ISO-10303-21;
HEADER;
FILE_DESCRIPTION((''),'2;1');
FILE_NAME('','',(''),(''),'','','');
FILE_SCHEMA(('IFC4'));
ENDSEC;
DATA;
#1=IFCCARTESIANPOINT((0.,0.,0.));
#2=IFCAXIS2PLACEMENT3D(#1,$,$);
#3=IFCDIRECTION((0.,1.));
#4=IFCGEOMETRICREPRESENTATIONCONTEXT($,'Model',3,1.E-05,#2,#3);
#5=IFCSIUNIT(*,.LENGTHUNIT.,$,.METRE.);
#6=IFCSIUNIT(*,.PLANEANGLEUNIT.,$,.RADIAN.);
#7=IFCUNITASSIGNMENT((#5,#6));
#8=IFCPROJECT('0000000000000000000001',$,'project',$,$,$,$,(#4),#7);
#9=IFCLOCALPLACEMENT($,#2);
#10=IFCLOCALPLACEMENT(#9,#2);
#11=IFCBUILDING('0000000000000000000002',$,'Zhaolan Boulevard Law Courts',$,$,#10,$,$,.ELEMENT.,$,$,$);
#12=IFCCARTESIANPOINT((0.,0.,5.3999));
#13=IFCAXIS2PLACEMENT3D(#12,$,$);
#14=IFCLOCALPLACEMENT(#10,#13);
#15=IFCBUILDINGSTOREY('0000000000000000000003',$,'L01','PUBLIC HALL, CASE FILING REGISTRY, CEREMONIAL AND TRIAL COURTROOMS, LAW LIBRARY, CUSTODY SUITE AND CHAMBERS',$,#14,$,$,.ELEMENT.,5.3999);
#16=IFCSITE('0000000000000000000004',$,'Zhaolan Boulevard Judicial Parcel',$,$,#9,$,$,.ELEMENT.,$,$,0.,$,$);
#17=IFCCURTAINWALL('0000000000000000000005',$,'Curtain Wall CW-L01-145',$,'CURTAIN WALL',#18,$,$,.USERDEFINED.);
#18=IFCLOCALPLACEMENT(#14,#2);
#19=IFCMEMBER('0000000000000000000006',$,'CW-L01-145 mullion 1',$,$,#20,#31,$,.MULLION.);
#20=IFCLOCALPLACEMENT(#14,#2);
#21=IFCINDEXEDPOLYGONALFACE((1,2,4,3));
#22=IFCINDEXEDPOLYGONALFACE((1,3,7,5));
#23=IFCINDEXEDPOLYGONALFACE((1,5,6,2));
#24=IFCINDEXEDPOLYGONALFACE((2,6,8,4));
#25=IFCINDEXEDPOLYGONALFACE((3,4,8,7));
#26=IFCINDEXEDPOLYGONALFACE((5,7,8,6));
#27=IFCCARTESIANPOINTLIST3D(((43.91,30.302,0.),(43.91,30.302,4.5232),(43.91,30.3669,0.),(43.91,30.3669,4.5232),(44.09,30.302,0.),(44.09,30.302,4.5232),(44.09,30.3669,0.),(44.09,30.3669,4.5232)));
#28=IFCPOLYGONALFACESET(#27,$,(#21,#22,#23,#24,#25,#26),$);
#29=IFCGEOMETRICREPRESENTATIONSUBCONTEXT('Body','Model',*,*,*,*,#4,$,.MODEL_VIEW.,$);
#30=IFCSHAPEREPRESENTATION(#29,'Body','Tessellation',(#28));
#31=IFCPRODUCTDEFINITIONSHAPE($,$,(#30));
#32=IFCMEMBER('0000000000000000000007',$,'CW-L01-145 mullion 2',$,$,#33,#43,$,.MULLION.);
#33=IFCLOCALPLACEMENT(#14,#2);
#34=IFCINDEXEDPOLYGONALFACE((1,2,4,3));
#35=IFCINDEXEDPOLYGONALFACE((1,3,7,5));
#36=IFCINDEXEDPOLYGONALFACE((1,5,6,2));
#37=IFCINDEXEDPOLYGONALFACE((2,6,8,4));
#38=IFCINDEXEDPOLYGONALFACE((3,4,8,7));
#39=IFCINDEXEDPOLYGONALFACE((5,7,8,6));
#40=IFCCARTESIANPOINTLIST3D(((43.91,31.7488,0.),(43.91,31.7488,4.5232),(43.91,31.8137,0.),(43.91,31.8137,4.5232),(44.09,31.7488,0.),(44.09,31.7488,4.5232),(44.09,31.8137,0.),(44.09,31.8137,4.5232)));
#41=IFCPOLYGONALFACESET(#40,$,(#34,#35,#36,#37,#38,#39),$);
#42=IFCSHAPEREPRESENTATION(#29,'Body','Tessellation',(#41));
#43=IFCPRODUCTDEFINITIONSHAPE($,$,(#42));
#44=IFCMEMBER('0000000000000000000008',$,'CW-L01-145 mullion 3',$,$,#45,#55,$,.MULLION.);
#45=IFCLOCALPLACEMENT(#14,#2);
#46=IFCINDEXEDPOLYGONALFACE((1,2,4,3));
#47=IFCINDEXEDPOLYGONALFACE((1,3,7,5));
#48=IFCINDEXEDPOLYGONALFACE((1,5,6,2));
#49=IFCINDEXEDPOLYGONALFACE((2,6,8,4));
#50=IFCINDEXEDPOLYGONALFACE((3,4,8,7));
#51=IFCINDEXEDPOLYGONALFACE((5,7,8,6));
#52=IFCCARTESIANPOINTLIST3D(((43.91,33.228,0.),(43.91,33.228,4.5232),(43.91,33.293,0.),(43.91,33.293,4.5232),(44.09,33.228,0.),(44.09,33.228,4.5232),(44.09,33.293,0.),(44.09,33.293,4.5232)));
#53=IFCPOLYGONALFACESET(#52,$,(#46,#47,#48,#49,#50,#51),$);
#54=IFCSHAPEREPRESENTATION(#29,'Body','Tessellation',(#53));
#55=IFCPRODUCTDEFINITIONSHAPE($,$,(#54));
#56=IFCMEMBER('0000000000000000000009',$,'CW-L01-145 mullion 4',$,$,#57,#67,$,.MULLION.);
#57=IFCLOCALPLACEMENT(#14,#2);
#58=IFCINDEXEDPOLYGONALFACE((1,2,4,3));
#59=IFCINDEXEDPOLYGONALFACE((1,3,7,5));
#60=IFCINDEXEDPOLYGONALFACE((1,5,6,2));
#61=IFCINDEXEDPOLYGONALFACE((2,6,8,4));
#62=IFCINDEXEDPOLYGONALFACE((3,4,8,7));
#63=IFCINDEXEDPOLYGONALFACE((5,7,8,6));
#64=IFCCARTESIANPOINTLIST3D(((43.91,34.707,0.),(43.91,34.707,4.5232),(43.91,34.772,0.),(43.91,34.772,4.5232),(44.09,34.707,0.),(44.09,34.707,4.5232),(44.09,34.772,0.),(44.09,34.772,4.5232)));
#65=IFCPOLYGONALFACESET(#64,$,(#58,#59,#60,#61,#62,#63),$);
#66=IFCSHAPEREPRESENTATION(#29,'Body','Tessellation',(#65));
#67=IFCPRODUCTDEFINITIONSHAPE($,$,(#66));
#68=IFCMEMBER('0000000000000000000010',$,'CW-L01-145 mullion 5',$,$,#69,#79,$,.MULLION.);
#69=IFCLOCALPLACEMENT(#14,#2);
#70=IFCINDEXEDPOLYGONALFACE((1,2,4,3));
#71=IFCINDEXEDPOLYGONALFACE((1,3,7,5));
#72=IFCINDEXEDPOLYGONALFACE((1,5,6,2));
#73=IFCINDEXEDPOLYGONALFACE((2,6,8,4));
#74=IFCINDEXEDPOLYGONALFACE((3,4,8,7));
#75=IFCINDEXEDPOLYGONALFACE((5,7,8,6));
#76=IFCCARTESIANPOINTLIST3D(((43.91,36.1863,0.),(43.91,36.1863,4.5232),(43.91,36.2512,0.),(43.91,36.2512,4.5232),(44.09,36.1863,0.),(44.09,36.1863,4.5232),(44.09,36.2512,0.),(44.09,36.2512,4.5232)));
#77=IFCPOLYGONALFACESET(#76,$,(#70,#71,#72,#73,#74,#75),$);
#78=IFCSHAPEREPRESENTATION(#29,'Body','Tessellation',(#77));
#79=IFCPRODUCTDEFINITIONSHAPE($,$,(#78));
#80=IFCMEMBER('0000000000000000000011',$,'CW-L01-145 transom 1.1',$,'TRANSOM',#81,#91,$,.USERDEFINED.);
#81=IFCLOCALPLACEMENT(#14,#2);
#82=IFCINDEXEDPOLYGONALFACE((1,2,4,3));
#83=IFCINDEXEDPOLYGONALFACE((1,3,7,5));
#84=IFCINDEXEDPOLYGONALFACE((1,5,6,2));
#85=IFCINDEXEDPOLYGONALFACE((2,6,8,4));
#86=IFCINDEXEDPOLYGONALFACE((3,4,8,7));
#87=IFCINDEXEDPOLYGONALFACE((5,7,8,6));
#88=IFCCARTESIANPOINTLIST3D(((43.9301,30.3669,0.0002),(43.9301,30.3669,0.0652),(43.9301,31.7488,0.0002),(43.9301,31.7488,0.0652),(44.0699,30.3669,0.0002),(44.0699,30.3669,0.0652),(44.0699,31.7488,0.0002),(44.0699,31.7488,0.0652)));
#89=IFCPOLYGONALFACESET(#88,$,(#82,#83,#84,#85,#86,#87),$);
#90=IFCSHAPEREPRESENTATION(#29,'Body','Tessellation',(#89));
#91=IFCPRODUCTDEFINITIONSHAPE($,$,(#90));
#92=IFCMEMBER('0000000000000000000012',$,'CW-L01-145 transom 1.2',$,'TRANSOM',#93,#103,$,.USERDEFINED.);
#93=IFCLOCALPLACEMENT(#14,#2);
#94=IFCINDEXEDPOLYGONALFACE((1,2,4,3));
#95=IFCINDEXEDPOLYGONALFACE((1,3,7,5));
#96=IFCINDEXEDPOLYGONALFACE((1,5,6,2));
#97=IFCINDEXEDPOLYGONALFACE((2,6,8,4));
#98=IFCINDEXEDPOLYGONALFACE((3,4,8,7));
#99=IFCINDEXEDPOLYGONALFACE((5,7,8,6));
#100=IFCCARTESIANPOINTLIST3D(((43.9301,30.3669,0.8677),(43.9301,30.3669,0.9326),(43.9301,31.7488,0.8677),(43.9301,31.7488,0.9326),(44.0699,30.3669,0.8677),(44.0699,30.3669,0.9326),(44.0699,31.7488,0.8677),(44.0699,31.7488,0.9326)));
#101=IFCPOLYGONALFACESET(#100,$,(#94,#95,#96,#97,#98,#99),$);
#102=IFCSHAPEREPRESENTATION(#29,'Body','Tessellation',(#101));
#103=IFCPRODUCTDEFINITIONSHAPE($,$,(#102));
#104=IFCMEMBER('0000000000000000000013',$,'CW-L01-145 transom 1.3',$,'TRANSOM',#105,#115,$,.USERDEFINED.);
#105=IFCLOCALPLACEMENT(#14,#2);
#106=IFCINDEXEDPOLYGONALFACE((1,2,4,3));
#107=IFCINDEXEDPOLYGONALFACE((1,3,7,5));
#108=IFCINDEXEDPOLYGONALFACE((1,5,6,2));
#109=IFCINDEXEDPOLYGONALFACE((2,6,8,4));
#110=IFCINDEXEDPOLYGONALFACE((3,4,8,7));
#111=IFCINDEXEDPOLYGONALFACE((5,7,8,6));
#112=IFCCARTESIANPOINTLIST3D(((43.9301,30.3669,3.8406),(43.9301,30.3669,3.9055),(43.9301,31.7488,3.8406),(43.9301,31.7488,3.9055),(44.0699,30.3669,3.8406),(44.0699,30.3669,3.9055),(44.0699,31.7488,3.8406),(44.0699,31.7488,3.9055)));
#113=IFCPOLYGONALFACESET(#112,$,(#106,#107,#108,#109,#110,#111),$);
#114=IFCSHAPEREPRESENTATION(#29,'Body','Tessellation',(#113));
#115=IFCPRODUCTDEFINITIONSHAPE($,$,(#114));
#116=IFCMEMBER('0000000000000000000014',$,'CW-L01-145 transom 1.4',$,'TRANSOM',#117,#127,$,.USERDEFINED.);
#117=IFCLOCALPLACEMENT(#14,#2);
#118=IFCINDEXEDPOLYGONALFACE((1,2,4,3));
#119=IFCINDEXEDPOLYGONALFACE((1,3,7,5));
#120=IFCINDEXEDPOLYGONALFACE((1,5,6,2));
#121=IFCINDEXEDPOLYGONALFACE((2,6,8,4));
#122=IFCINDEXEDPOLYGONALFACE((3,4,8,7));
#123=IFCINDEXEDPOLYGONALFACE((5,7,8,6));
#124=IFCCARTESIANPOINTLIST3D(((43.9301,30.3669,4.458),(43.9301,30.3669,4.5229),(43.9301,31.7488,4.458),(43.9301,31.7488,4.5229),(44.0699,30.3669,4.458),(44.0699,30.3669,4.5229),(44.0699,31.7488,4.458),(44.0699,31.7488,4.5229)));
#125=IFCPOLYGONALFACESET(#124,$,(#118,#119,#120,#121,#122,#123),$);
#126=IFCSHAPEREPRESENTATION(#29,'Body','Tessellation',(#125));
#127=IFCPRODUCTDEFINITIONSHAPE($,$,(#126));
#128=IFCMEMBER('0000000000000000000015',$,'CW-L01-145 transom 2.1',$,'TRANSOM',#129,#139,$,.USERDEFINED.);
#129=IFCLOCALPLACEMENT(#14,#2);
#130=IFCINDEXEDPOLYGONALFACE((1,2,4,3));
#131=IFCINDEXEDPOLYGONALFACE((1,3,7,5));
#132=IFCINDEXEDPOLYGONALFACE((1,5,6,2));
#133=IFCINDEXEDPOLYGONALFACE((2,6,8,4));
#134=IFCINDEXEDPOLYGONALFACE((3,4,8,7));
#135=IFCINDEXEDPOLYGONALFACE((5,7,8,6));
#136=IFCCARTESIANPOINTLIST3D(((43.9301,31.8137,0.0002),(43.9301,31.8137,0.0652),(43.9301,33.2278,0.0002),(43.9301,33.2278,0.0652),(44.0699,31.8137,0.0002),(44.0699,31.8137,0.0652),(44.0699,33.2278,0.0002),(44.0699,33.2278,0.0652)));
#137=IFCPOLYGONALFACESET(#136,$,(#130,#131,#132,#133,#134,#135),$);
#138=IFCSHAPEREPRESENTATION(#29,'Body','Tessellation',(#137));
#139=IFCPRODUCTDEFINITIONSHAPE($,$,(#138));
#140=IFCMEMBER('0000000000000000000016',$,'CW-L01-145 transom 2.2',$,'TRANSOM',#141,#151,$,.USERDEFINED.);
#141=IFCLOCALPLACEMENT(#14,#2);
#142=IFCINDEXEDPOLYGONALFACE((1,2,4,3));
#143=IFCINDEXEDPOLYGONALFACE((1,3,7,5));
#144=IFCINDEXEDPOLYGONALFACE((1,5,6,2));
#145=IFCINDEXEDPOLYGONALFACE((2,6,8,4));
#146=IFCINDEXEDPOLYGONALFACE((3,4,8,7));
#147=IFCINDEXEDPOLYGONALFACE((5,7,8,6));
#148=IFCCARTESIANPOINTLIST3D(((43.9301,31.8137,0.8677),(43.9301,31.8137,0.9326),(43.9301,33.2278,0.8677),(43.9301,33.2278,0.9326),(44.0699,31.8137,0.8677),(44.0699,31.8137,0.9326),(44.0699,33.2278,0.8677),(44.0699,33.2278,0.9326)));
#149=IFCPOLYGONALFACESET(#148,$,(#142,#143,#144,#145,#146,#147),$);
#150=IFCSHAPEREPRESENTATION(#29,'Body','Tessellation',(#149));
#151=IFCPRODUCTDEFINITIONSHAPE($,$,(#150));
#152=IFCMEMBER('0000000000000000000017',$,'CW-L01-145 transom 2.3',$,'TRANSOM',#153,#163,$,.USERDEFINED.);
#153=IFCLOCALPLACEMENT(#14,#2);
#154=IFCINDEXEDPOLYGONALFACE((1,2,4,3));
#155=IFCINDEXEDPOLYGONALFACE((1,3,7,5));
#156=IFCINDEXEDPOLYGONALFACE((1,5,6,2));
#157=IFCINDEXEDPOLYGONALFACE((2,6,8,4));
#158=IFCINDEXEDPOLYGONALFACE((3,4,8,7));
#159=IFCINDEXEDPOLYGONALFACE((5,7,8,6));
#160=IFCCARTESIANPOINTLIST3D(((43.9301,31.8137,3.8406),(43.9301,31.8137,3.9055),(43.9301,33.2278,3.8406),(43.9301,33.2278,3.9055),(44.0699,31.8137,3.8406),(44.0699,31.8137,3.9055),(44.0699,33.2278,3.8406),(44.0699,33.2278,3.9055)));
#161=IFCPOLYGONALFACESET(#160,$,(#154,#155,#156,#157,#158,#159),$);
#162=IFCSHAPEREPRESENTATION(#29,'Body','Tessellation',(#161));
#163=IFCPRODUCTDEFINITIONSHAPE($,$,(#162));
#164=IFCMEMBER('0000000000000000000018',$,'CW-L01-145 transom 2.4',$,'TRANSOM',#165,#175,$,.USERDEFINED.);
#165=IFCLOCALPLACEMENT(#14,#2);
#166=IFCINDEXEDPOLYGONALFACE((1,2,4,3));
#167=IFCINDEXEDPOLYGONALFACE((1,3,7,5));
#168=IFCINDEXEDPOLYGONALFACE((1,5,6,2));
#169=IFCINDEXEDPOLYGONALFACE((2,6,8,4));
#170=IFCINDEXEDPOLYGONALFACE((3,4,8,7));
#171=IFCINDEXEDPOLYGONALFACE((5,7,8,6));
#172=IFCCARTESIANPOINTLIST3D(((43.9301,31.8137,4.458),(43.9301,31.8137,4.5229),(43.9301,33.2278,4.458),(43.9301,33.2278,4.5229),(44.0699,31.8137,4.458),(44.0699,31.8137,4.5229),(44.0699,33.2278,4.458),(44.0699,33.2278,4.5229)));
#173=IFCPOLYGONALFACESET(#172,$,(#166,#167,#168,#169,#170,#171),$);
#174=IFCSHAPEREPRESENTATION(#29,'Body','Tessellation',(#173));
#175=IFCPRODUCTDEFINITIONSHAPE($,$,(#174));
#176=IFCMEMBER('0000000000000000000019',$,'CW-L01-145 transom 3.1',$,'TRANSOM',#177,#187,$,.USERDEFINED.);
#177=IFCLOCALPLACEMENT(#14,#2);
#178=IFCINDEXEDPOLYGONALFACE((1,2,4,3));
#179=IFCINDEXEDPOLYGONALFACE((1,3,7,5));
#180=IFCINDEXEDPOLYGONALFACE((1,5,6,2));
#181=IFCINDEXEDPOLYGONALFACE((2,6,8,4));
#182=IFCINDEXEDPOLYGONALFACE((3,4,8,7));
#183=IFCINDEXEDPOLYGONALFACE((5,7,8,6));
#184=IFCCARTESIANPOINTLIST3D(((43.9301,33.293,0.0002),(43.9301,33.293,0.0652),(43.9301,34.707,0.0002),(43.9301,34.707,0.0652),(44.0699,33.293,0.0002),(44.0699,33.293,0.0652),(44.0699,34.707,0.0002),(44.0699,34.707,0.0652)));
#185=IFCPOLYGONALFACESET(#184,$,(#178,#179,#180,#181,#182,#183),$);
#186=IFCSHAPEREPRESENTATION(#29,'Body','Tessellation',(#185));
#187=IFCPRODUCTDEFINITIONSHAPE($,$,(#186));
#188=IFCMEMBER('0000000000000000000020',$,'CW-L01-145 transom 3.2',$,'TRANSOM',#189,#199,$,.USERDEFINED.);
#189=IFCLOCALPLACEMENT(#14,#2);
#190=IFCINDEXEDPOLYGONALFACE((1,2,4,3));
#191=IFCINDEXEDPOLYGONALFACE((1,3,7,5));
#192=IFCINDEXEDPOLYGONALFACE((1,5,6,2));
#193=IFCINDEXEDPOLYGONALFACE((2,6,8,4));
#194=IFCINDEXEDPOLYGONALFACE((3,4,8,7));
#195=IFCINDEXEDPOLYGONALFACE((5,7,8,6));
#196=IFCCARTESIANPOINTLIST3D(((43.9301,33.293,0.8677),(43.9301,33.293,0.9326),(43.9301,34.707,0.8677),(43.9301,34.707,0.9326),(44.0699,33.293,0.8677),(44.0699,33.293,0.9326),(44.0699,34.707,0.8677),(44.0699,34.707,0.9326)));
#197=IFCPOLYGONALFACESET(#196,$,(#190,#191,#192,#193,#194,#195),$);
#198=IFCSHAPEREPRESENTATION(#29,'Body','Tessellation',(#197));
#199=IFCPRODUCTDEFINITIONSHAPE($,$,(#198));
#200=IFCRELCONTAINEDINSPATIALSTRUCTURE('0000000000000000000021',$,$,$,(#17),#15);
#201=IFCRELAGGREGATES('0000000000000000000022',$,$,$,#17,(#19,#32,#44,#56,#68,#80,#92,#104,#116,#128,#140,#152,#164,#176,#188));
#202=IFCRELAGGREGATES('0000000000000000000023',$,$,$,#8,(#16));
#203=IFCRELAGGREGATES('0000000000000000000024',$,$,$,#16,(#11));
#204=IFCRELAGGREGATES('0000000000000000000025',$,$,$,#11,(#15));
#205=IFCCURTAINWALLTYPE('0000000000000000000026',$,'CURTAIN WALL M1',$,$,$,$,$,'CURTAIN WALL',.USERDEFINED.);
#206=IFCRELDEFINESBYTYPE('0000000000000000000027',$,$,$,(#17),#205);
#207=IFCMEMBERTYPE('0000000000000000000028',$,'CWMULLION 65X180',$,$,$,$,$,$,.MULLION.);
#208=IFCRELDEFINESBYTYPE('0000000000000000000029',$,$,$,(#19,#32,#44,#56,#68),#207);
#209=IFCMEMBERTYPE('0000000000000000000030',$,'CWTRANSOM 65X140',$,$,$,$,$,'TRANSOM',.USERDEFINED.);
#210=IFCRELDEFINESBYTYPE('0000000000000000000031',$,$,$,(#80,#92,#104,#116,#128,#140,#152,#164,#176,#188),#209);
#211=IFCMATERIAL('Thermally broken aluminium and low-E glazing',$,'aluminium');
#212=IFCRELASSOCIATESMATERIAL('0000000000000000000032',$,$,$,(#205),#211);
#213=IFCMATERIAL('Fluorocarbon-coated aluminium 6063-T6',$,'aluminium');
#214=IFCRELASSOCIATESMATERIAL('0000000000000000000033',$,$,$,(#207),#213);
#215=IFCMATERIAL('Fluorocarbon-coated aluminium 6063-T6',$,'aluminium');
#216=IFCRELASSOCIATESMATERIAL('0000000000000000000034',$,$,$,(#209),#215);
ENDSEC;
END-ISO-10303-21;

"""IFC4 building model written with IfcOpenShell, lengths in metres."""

from ifc_helpers import new_model, si_unit, direction, frame, origin, origin_2d, place, context, subcontext, project, spatial, rectangle, extrude, material, material_profile, profile_set, type_object, element, aggregate, save


model = new_model("IFC4")

# Units and contexts
model_context = context("Model", 3, precision=1e-05, world=origin(), true_north=direction((0.0, 1.0)))
body_context = subcontext(model_context, "Body", "Model", "MODEL_VIEW")
ifc_project = project(units=[si_unit("LENGTHUNIT", "METRE"), si_unit("PLANEANGLEUNIT", "RADIAN")], contexts=[model_context])

# Site, building, storey
site_placement = place(None, origin())
site = spatial("IfcSite", under=ifc_project, at=site_placement, Name="Zhaolan Boulevard Judicial Parcel", CompositionType="ELEMENT", RefElevation=0.0)
building_placement = place(site_placement, origin())
building = spatial("IfcBuilding", under=site, at=building_placement, Name="Zhaolan Boulevard Law Courts", CompositionType="ELEMENT")
storey_placement = place(building_placement, frame((0.0, 0.0, 5.3999)))
storey = spatial("IfcBuildingStorey", under=building, at=storey_placement, Name="L01", Description="PUBLIC HALL, CASE FILING REGISTRY, CEREMONIAL AND TRIAL COURTROOMS, LAW LIBRARY, CUSTODY SUITE AND CHAMBERS", CompositionType="ELEMENT", Elevation=5.3999)

# Curtain wall, members
ifc_material_1 = material(Name="Thermally broken aluminium and low-E glazing", Category="aluminium")
curtain_wall_type = type_object("IfcCurtainWallType", Name="CURTAIN WALL M1", ElementType="CURTAIN WALL", PredefinedType="USERDEFINED", material=ifc_material_1)
curtain_wall_placement = place(storey_placement, origin())
curtain_wall = element("IfcCurtainWall", 1, at=curtain_wall_placement, inside=storey, type_object=curtain_wall_type, Name="Curtain Wall CW-L01-145", ObjectType="CURTAIN WALL", PredefinedType="USERDEFINED")
ifc_material_2 = material(Name="Fluorocarbon-coated aluminium 6063-T6", Category="aluminium")
ifc_material_profile_1 = material_profile(ifc_material_2, rectangle(XDim=0.1799, YDim=0.0649, at=origin_2d()), Name="AL65x180")
ifc_profile_set_1 = profile_set([ifc_material_profile_1], Name="Fluorocarbon-coated aluminium 6063-T6")
member_type_1 = type_object("IfcMemberType", Name="CWMULLION 65X180", PredefinedType="MULLION", material=ifc_profile_set_1)
member_1_placement = place(storey_placement, frame((44.0, 30.3345, 0.0), z_axis=(0.0, 0.0, 1.0), x_axis=(-1.0, 0.0, 0.0)))
member_1 = element("IfcMember", 2, at=member_1_placement, type_object=member_type_1, Name="CW-L01-145 mullion 1", PredefinedType="MULLION", context=body_context, shape_type="SweptSolid", body=[
    extrude(rectangle(XDim=0.1799, YDim=0.0649, at=origin_2d()), origin(), (0.0, 0.0, 1.0), 4.5232),
])
member_2_placement = place(storey_placement, frame((44.0, 31.7812, 0.0), z_axis=(0.0, 0.0, 1.0), x_axis=(-1.0, 0.0, 0.0)))
member_2 = element("IfcMember", 3, at=member_2_placement, type_object=member_type_1, Name="CW-L01-145 mullion 2", PredefinedType="MULLION", context=body_context, shape_type="SweptSolid", body=[
    extrude(rectangle(XDim=0.1799, YDim=0.0649, at=origin_2d()), origin(), (0.0, 0.0, 1.0), 4.5232),
])
member_3_placement = place(storey_placement, frame((44.0, 33.2605, 0.0), z_axis=(0.0, 0.0, 1.0), x_axis=(-1.0, 0.0, 0.0)))
member_3 = element("IfcMember", 4, at=member_3_placement, type_object=member_type_1, Name="CW-L01-145 mullion 3", PredefinedType="MULLION", context=body_context, shape_type="SweptSolid", body=[
    extrude(rectangle(XDim=0.1799, YDim=0.0649, at=origin_2d()), origin(), (0.0, 0.0, 1.0), 4.5232),
])
member_4_placement = place(storey_placement, frame((44.0, 34.7395, 0.0), z_axis=(0.0, 0.0, 1.0), x_axis=(-1.0, 0.0, 0.0)))
member_4 = element("IfcMember", 5, at=member_4_placement, type_object=member_type_1, Name="CW-L01-145 mullion 4", PredefinedType="MULLION", context=body_context, shape_type="SweptSolid", body=[
    extrude(rectangle(XDim=0.1799, YDim=0.0649, at=origin_2d()), origin(), (0.0, 0.0, 1.0), 4.5232),
])
member_5_placement = place(storey_placement, frame((44.0, 36.2188, 0.0), z_axis=(0.0, 0.0, 1.0), x_axis=(-1.0, 0.0, 0.0)))
member_5 = element("IfcMember", 6, at=member_5_placement, type_object=member_type_1, Name="CW-L01-145 mullion 5", PredefinedType="MULLION", context=body_context, shape_type="SweptSolid", body=[
    extrude(rectangle(XDim=0.1799, YDim=0.0649, at=origin_2d()), origin(), (0.0, 0.0, 1.0), 4.5232),
])
ifc_material_3 = material(Name="Fluorocarbon-coated aluminium 6063-T6", Category="aluminium")
ifc_material_profile_2 = material_profile(ifc_material_3, rectangle(XDim=0.1399, YDim=0.0649, at=origin_2d()), Name="AL65x140")
ifc_profile_set_2 = profile_set([ifc_material_profile_2], Name="Fluorocarbon-coated aluminium 6063-T6")
member_type_2 = type_object("IfcMemberType", Name="CWTRANSOM 65X140", ElementType="TRANSOM", PredefinedType="USERDEFINED", material=ifc_profile_set_2)
member_6_placement = place(storey_placement, frame((44.0, 30.3669, 0.0327), z_axis=(0.0, 1.0, 0.0), x_axis=(-1.0, 0.0, 0.0)))
member_6 = element("IfcMember", 7, at=member_6_placement, type_object=member_type_2, Name="CW-L01-145 transom 1.1", ObjectType="TRANSOM", PredefinedType="USERDEFINED", context=body_context, shape_type="SweptSolid", body=[
    extrude(rectangle(XDim=0.1399, YDim=0.0649, at=origin_2d()), origin(), (0.0, 0.0, 1.0), 1.3818),
])
member_7_placement = place(storey_placement, frame((44.0, 30.3669, 0.9001), z_axis=(0.0, 1.0, 0.0), x_axis=(-1.0, 0.0, 0.0)))
member_7 = element("IfcMember", 8, at=member_7_placement, type_object=member_type_2, Name="CW-L01-145 transom 1.2", ObjectType="TRANSOM", PredefinedType="USERDEFINED", context=body_context, shape_type="SweptSolid", body=[
    extrude(rectangle(XDim=0.1399, YDim=0.0649, at=origin_2d()), origin(), (0.0, 0.0, 1.0), 1.3818),
])
member_8_placement = place(storey_placement, frame((44.0, 30.3669, 3.873), z_axis=(0.0, 1.0, 0.0), x_axis=(-1.0, 0.0, 0.0)))
member_8 = element("IfcMember", 9, at=member_8_placement, type_object=member_type_2, Name="CW-L01-145 transom 1.3", ObjectType="TRANSOM", PredefinedType="USERDEFINED", context=body_context, shape_type="SweptSolid", body=[
    extrude(rectangle(XDim=0.1399, YDim=0.0649, at=origin_2d()), origin(), (0.0, 0.0, 1.0), 1.3818),
])
member_9_placement = place(storey_placement, frame((44.0, 30.3669, 4.4905), z_axis=(0.0, 1.0, 0.0), x_axis=(-1.0, 0.0, 0.0)))
member_9 = element("IfcMember", 10, at=member_9_placement, type_object=member_type_2, Name="CW-L01-145 transom 1.4", ObjectType="TRANSOM", PredefinedType="USERDEFINED", context=body_context, shape_type="SweptSolid", body=[
    extrude(rectangle(XDim=0.1399, YDim=0.0649, at=origin_2d()), origin(), (0.0, 0.0, 1.0), 1.3818),
])
member_10_placement = place(storey_placement, frame((44.0, 31.8137, 0.0327), z_axis=(0.0, 1.0, 0.0), x_axis=(-1.0, 0.0, 0.0)))
member_10 = element("IfcMember", 11, at=member_10_placement, type_object=member_type_2, Name="CW-L01-145 transom 2.1", ObjectType="TRANSOM", PredefinedType="USERDEFINED", context=body_context, shape_type="SweptSolid", body=[
    extrude(rectangle(XDim=0.1399, YDim=0.0649, at=origin_2d()), origin(), (0.0, 0.0, 1.0), 1.4141),
])
member_11_placement = place(storey_placement, frame((44.0, 31.8137, 0.9001), z_axis=(0.0, 1.0, 0.0), x_axis=(-1.0, 0.0, 0.0)))
member_11 = element("IfcMember", 12, at=member_11_placement, type_object=member_type_2, Name="CW-L01-145 transom 2.2", ObjectType="TRANSOM", PredefinedType="USERDEFINED", context=body_context, shape_type="SweptSolid", body=[
    extrude(rectangle(XDim=0.1399, YDim=0.0649, at=origin_2d()), origin(), (0.0, 0.0, 1.0), 1.4141),
])
member_12_placement = place(storey_placement, frame((44.0, 31.8137, 3.873), z_axis=(0.0, 1.0, 0.0), x_axis=(-1.0, 0.0, 0.0)))
member_12 = element("IfcMember", 13, at=member_12_placement, type_object=member_type_2, Name="CW-L01-145 transom 2.3", ObjectType="TRANSOM", PredefinedType="USERDEFINED", context=body_context, shape_type="SweptSolid", body=[
    extrude(rectangle(XDim=0.1399, YDim=0.0649, at=origin_2d()), origin(), (0.0, 0.0, 1.0), 1.4141),
])
member_13_placement = place(storey_placement, frame((44.0, 31.8137, 4.4905), z_axis=(0.0, 1.0, 0.0), x_axis=(-1.0, 0.0, 0.0)))
member_13 = element("IfcMember", 14, at=member_13_placement, type_object=member_type_2, Name="CW-L01-145 transom 2.4", ObjectType="TRANSOM", PredefinedType="USERDEFINED", context=body_context, shape_type="SweptSolid", body=[
    extrude(rectangle(XDim=0.1399, YDim=0.0649, at=origin_2d()), origin(), (0.0, 0.0, 1.0), 1.4141),
])
member_14_placement = place(storey_placement, frame((44.0, 33.293, 0.0327), z_axis=(0.0, 1.0, 0.0), x_axis=(-1.0, 0.0, 0.0)))
member_14 = element("IfcMember", 15, at=member_14_placement, type_object=member_type_2, Name="CW-L01-145 transom 3.1", ObjectType="TRANSOM", PredefinedType="USERDEFINED", context=body_context, shape_type="SweptSolid", body=[
    extrude(rectangle(XDim=0.1399, YDim=0.0649, at=origin_2d()), origin(), (0.0, 0.0, 1.0), 1.4141),
])
member_15_placement = place(storey_placement, frame((44.0, 33.293, 0.9001), z_axis=(0.0, 1.0, 0.0), x_axis=(-1.0, 0.0, 0.0)))
member_15 = element("IfcMember", 16, at=member_15_placement, type_object=member_type_2, Name="CW-L01-145 transom 3.2", ObjectType="TRANSOM", PredefinedType="USERDEFINED", context=body_context, shape_type="SweptSolid", body=[
    extrude(rectangle(XDim=0.1399, YDim=0.0649, at=origin_2d()), origin(), (0.0, 0.0, 1.0), 1.4141),
])

aggregate(curtain_wall, [member_1, member_2, member_3, member_4, member_5, member_6, member_7, member_8, member_9, member_10, member_11, member_12, member_13, member_14, member_15])

save(model, "model.ifc")
